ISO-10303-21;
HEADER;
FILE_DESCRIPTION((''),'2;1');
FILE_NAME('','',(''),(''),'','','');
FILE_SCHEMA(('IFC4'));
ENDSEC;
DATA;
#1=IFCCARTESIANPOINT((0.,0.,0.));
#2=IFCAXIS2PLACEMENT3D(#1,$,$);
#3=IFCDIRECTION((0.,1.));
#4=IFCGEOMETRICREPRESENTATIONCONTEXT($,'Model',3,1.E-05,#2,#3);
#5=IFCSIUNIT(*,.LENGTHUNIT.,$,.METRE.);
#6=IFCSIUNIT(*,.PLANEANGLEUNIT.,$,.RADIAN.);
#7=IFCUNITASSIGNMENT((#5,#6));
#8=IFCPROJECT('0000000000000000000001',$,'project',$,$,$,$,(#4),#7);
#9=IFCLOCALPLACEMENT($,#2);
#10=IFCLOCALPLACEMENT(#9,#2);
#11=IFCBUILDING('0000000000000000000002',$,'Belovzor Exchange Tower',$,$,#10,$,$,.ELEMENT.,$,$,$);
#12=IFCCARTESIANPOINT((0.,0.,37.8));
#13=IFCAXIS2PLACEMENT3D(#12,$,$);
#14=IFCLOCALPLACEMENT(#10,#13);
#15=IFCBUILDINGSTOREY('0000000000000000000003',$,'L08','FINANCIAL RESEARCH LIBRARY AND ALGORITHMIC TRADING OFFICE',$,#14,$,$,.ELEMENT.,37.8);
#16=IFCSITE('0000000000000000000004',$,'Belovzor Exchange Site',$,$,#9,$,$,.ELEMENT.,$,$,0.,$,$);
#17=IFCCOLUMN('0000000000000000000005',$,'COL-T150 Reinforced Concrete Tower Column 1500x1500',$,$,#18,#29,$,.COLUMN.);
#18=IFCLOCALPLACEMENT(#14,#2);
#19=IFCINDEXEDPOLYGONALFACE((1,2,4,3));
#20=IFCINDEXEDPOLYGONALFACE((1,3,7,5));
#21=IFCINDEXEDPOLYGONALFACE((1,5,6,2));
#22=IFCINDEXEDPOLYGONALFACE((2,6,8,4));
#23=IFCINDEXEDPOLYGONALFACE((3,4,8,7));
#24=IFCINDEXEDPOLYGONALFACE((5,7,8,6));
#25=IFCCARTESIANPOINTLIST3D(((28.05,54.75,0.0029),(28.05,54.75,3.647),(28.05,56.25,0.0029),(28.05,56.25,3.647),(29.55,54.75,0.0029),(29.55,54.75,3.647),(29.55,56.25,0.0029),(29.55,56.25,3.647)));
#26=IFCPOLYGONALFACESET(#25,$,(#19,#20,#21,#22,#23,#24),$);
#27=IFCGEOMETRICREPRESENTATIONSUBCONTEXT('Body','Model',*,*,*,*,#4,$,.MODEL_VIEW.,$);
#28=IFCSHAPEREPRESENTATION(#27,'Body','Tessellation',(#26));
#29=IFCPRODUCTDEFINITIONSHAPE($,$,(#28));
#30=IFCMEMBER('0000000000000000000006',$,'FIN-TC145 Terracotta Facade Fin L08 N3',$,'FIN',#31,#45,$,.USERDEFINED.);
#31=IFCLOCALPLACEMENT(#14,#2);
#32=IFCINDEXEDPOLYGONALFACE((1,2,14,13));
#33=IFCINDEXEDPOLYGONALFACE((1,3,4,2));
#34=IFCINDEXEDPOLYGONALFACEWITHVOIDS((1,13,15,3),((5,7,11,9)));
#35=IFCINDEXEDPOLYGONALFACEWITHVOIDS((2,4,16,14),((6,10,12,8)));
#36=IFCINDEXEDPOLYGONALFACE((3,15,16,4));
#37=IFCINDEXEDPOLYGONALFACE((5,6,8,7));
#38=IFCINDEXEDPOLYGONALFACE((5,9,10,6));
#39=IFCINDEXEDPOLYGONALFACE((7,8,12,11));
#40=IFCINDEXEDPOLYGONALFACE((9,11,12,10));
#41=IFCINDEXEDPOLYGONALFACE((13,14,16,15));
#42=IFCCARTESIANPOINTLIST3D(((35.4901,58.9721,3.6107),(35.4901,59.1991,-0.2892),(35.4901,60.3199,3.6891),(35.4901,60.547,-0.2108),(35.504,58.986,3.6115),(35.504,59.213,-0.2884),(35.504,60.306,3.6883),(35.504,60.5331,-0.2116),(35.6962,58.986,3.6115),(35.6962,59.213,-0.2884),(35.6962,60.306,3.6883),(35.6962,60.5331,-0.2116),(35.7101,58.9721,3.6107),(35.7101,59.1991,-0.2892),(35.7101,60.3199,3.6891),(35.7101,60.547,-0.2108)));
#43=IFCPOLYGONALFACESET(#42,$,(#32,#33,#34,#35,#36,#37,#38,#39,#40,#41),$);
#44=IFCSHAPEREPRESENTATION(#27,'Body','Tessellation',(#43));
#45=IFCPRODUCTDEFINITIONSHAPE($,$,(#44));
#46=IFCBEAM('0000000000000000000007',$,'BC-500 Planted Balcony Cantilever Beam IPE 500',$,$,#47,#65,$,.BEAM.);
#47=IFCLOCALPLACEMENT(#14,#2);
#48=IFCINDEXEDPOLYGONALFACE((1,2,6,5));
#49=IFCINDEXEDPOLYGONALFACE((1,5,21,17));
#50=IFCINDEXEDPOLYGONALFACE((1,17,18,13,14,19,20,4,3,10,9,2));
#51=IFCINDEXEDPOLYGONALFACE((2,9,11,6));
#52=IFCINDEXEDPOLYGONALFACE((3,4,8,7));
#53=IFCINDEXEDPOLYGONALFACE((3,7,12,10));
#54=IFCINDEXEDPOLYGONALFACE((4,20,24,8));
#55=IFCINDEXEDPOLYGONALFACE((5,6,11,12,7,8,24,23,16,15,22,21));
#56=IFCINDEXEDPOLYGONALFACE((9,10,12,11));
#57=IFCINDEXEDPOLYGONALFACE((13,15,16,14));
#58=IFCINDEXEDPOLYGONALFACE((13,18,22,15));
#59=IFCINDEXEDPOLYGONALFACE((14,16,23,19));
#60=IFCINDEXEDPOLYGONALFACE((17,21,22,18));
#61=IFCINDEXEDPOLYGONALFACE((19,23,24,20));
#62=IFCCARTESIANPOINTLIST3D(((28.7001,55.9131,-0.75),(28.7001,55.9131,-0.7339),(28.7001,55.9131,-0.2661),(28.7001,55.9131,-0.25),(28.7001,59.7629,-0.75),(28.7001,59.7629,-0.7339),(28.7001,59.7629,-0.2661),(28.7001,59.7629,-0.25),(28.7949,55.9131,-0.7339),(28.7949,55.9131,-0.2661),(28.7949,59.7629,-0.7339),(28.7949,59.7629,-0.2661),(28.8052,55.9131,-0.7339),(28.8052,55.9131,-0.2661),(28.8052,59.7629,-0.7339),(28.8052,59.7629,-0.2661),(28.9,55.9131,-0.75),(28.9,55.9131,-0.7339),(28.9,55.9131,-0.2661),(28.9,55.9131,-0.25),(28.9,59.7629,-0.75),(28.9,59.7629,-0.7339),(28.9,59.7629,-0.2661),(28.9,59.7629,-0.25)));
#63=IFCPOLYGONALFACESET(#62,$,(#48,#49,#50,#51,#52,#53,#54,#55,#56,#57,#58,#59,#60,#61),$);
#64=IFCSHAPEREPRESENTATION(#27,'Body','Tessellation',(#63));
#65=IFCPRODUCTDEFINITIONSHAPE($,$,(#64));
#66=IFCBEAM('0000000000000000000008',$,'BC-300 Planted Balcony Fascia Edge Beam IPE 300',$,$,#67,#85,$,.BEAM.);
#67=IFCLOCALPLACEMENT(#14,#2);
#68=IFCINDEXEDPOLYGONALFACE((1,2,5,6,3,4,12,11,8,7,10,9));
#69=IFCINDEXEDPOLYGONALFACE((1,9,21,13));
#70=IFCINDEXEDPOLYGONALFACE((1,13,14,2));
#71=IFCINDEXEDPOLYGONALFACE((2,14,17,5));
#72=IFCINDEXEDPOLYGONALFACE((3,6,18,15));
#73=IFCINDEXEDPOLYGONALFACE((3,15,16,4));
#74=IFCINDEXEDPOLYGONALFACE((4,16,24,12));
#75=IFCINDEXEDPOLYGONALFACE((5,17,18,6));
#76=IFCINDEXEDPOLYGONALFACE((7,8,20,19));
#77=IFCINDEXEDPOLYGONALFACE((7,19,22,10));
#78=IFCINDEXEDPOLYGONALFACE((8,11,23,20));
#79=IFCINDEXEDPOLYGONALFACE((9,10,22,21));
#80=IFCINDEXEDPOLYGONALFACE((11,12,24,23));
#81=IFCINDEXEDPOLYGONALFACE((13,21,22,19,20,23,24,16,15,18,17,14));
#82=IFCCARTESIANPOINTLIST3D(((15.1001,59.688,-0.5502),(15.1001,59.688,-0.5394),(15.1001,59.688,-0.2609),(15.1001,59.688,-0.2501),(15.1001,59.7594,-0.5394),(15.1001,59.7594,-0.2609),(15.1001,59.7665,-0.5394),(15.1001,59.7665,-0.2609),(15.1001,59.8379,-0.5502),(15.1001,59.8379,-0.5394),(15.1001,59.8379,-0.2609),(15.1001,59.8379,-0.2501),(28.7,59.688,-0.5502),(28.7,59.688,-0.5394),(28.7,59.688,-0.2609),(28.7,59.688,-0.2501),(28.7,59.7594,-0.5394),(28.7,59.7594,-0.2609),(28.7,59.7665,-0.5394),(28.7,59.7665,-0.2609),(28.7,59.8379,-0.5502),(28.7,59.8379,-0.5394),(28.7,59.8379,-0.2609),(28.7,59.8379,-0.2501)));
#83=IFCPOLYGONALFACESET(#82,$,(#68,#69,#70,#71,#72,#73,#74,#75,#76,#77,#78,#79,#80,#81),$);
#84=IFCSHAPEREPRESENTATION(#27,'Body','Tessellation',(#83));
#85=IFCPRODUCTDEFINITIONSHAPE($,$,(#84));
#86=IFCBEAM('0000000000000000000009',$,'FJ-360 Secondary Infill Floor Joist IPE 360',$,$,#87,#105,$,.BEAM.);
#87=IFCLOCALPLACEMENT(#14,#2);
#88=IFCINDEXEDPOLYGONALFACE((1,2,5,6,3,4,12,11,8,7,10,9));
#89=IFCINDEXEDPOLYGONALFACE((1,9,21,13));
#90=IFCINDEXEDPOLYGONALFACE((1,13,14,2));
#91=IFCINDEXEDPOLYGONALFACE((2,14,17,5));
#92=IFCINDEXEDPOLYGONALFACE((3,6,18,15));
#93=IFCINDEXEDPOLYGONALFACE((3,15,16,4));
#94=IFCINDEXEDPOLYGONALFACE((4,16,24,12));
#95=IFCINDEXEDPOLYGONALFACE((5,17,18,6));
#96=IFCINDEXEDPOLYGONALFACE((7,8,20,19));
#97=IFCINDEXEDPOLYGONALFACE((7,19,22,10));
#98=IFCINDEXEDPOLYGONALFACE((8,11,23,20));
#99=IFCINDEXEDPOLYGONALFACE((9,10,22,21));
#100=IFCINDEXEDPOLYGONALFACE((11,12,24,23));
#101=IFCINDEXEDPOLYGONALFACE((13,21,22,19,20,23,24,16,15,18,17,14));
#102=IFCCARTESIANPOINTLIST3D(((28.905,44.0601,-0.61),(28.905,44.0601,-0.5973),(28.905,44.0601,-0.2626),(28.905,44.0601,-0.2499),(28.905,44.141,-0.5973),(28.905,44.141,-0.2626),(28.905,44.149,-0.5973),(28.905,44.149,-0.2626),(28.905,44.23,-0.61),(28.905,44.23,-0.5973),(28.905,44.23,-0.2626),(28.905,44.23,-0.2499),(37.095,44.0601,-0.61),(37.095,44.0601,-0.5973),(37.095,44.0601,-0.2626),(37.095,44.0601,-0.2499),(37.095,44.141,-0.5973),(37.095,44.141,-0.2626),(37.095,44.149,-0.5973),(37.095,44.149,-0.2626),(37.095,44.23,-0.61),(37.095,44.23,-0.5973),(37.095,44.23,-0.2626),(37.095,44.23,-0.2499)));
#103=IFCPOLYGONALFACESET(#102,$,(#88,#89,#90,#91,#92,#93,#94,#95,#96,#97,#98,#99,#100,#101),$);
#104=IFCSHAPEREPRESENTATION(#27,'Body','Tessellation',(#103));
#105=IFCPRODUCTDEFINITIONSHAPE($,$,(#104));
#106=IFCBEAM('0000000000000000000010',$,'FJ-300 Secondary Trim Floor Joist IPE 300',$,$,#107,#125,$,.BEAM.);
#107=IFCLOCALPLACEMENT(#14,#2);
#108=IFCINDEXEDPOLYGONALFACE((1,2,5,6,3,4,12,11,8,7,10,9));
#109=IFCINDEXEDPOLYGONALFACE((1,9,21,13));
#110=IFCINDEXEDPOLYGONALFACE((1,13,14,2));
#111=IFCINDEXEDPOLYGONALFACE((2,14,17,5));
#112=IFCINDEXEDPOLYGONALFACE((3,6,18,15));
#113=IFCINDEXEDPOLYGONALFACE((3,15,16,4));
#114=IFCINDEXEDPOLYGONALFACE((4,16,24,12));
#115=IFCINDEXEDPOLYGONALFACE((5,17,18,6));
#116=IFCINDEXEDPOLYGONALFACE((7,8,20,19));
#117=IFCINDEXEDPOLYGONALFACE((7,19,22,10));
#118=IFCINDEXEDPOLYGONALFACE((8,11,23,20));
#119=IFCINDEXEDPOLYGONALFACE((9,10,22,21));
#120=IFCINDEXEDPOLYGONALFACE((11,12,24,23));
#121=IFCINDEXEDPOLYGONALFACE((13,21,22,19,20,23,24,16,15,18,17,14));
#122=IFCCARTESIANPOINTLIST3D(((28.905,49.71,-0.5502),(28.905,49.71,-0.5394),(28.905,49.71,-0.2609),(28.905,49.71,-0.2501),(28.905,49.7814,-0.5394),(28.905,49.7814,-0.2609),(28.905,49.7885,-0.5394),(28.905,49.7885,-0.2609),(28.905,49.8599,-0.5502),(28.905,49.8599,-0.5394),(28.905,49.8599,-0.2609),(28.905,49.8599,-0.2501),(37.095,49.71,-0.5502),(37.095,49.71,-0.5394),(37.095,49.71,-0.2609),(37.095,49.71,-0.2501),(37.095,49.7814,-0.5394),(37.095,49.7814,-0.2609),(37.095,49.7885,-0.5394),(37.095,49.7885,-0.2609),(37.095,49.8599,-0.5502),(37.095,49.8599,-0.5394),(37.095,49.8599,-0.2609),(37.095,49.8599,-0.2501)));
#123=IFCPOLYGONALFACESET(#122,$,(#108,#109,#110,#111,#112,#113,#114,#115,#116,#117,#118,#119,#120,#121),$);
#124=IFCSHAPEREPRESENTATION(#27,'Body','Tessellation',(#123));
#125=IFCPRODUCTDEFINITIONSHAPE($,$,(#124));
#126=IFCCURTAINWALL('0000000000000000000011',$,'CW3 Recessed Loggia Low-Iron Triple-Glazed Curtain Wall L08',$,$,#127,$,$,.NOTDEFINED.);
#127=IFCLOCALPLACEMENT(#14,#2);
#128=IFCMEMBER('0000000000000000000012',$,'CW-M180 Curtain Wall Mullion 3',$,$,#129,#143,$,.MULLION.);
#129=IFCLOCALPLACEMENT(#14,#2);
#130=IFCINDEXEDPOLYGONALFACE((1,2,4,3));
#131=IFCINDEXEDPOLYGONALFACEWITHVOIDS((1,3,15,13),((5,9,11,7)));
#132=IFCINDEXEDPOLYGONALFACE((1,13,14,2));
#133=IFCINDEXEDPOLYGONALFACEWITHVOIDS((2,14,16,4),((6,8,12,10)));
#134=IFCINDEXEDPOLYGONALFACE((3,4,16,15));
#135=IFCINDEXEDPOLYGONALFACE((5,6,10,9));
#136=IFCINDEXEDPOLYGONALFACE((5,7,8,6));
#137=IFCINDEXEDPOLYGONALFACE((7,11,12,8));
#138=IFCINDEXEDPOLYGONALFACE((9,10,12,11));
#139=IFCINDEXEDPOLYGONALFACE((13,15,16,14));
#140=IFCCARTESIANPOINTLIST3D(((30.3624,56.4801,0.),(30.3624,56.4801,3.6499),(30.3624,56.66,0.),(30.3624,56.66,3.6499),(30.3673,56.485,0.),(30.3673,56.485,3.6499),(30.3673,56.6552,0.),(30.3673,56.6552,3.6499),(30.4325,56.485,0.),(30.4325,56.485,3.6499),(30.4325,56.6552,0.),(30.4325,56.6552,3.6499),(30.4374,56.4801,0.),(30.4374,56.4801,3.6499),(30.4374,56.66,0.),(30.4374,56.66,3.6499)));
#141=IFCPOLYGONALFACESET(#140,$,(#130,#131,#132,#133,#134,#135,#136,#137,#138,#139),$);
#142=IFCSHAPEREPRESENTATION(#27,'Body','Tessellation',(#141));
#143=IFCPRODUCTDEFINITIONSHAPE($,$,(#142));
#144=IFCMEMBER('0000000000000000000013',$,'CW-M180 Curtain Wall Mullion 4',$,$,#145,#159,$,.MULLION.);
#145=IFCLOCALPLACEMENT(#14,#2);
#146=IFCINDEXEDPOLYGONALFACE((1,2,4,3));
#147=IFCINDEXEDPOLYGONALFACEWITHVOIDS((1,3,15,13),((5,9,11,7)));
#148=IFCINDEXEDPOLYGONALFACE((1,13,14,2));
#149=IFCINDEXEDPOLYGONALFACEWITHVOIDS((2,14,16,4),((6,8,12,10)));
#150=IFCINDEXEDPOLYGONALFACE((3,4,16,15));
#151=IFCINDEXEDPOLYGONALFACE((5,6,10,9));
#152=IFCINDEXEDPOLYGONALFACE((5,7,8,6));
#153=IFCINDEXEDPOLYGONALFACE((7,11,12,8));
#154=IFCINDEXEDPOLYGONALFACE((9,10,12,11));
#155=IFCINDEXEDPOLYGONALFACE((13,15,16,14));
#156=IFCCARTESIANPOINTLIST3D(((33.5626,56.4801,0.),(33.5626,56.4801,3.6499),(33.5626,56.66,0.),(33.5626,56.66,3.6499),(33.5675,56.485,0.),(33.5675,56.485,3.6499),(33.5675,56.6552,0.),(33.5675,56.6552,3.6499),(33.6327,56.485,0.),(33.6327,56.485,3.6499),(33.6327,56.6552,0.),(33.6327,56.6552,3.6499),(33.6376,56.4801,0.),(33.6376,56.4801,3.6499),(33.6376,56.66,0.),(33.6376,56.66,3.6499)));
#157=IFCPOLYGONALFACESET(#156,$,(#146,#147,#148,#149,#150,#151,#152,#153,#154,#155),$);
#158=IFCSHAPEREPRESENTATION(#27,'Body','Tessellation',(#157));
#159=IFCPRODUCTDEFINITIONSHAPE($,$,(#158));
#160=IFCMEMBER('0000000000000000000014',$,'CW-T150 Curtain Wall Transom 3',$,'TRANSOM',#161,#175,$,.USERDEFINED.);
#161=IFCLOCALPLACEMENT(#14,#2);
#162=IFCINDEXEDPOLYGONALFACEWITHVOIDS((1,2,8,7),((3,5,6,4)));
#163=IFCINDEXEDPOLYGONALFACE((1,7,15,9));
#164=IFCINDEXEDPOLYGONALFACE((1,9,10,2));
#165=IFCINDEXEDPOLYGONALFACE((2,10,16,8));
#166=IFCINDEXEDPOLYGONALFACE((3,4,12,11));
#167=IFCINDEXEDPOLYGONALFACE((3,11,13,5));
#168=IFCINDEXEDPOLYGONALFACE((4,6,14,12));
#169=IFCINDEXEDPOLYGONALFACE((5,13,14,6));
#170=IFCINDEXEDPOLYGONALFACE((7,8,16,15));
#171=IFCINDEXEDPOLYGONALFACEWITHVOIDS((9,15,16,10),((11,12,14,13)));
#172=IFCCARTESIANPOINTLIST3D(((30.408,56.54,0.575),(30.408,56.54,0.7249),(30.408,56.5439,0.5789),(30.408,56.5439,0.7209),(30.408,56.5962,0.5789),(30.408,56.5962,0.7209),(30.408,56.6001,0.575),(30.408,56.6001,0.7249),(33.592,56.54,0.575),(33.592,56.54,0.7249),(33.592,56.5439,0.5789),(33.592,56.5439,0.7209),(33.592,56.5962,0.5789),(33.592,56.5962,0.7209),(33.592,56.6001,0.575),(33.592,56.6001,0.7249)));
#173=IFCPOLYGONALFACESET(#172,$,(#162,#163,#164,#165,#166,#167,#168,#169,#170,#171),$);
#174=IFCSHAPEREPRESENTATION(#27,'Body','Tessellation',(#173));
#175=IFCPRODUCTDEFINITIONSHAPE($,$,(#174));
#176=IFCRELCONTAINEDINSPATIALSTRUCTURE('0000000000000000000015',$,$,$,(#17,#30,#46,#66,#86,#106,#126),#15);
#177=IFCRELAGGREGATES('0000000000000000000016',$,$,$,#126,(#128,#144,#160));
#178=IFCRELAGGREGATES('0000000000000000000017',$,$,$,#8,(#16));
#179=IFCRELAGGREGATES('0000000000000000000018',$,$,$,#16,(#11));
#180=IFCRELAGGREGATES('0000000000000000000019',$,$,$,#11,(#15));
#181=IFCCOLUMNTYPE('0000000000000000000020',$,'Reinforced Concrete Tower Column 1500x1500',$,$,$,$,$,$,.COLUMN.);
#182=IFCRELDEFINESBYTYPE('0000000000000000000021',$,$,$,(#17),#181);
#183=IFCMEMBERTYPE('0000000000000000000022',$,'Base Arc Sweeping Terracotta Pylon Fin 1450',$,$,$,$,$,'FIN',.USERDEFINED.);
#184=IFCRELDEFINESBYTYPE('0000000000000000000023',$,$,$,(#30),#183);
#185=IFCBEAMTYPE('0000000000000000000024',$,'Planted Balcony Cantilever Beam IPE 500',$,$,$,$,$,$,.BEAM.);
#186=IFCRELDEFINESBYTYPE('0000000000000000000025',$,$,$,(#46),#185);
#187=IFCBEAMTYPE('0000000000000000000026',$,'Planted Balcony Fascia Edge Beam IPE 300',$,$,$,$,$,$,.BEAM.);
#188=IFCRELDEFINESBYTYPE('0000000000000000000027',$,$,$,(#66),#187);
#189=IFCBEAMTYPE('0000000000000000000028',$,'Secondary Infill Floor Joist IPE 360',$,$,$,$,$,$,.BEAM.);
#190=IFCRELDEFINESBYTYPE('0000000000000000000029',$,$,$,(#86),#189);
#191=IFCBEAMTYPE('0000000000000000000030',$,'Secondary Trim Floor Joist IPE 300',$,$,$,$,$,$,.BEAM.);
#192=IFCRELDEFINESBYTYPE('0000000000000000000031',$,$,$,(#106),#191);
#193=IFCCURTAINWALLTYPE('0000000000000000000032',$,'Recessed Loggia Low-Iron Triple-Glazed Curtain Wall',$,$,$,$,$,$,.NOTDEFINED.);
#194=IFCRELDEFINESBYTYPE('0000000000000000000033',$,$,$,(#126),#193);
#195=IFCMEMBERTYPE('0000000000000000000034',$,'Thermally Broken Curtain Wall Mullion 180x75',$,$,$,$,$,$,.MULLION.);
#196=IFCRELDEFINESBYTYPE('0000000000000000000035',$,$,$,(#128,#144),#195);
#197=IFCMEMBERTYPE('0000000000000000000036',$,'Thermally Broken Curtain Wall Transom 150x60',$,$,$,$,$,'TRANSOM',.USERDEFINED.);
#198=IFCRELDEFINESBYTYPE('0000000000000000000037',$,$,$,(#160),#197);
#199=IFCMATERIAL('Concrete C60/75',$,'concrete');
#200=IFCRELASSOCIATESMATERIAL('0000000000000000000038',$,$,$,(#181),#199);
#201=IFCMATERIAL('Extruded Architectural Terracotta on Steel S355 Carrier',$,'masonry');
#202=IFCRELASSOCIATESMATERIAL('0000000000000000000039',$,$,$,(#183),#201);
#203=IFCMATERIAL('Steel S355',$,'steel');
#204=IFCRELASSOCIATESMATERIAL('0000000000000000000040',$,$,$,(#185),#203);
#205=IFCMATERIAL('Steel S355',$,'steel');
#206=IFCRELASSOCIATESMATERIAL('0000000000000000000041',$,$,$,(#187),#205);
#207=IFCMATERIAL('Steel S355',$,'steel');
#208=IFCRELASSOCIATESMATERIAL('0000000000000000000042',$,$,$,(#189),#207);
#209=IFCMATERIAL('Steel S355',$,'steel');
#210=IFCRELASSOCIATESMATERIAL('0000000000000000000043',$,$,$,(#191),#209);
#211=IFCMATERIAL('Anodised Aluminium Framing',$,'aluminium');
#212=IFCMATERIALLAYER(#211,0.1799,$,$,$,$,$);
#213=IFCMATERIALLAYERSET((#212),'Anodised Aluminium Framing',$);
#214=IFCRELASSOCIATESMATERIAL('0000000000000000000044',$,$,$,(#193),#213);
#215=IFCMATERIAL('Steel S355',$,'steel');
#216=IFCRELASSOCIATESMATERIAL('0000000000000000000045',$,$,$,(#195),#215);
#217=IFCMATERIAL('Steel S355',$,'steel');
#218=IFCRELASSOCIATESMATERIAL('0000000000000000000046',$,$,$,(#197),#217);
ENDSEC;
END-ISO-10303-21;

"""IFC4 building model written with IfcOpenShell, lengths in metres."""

from ifc_helpers import new_model, si_unit, direction, frame, origin, origin_2d, place, context, subcontext, project, spatial, rectangle, hollow_rectangle, i_section, extrude, material, layer, layer_set, material_profile, profile_set, type_object, element, aggregate, save


model = new_model("IFC4")

# Units and contexts
model_context = context("Model", 3, precision=1e-05, world=origin(), true_north=direction((0.0, 1.0)))
body_context = subcontext(model_context, "Body", "Model", "MODEL_VIEW")
ifc_project = project(units=[si_unit("LENGTHUNIT", "METRE"), si_unit("PLANEANGLEUNIT", "RADIAN")], contexts=[model_context])

# Site, building, storey
site_placement = place(None, origin())
site = spatial("IfcSite", under=ifc_project, at=site_placement, Name="Belovzor Exchange Site", CompositionType="ELEMENT", RefElevation=0.0)
building_placement = place(site_placement, origin())
building = spatial("IfcBuilding", under=site, at=building_placement, Name="Belovzor Exchange Tower", CompositionType="ELEMENT")
storey_placement = place(building_placement, frame((0.0, 0.0, 37.8)))
storey = spatial("IfcBuildingStorey", under=building, at=storey_placement, Name="L08", Description="FINANCIAL RESEARCH LIBRARY AND ALGORITHMIC TRADING OFFICE", CompositionType="ELEMENT", Elevation=37.8)

# Column
ifc_material_1 = material(Name="Concrete C60/75", Category="concrete")
ifc_material_profile_1 = material_profile(ifc_material_1, rectangle(XDim=1.5, YDim=1.5, at=origin_2d()))
ifc_profile_set_1 = profile_set([ifc_material_profile_1], Name="Concrete C60/75")
column_type = type_object("IfcColumnType", Name="Reinforced Concrete Tower Column 1500x1500", PredefinedType="COLUMN", material=ifc_profile_set_1)
column_placement = place(storey_placement, frame((28.8, 55.5, 0.0029), z_axis=(0.0, 0.0, 1.0), x_axis=(1.0, 0.0, 0.0)))
element("IfcColumn", 1, at=column_placement, inside=storey, type_object=column_type, Name="COL-T150 Reinforced Concrete Tower Column 1500x1500", PredefinedType="COLUMN", context=body_context, shape_type="SweptSolid", body=[
    extrude(rectangle(XDim=1.5, YDim=1.5, at=origin_2d()), origin(), (0.0, 0.0, 1.0), 3.644),
])

# Member
ifc_material_2 = material(Name="Extruded Architectural Terracotta on Steel S355 Carrier", Category="masonry")
ifc_material_profile_2 = material_profile(ifc_material_2, hollow_rectangle(XDim=0.22, YDim=1.3501, WallThickness=0.0139, at=origin_2d()))
ifc_profile_set_2 = profile_set([ifc_material_profile_2], Name="Extruded Architectural Terracotta on Steel S355 Carrier")
member_type_1 = type_object("IfcMemberType", Name="Base Arc Sweeping Terracotta Pylon Fin 1450", ElementType="FIN", PredefinedType="USERDEFINED", material=ifc_profile_set_2)
member_1_placement = place(storey_placement, frame((35.6001, 59.873, -0.25), z_axis=(0.0, -0.058121, 0.99831), x_axis=(1.0, 0.0, 0.0)))
element("IfcMember", 2, at=member_1_placement, inside=storey, type_object=member_type_1, Name="FIN-TC145 Terracotta Facade Fin L08 N3", ObjectType="FIN", PredefinedType="USERDEFINED", context=body_context, shape_type="SweptSolid", body=[
    extrude(hollow_rectangle(XDim=0.22, YDim=1.3501, WallThickness=0.0139, at=origin_2d()), origin(), (0.0, 0.0, 1.0), 3.9065),
])

# Beams
ifc_material_3 = material(Name="Steel S355", Category="steel")
ifc_material_profile_3 = material_profile(ifc_material_3, i_section(OverallWidth=0.2, OverallDepth=0.5, WebThickness=0.0103, FlangeThickness=0.0161, at=origin_2d()))
ifc_profile_set_3 = profile_set([ifc_material_profile_3], Name="Steel S355")
beam_type_1 = type_object("IfcBeamType", Name="Planted Balcony Cantilever Beam IPE 500", PredefinedType="BEAM", material=ifc_profile_set_3)
beam_1_placement = place(storey_placement, frame((28.8, 55.9131, -0.5), z_axis=(0.0, 1.0, 0.0), x_axis=(-1.0, 0.0, 0.0)))
element("IfcBeam", 3, at=beam_1_placement, inside=storey, type_object=beam_type_1, Name="BC-500 Planted Balcony Cantilever Beam IPE 500", PredefinedType="BEAM", context=body_context, shape_type="SweptSolid", body=[
    extrude(i_section(OverallWidth=0.2, OverallDepth=0.5, WebThickness=0.0103, FlangeThickness=0.0161, at=origin_2d()), origin(), (0.0, 0.0, 1.0), 3.8499),
])
ifc_material_4 = material(Name="Steel S355", Category="steel")
ifc_material_profile_4 = material_profile(ifc_material_4, i_section(OverallWidth=0.1499, OverallDepth=0.3, WebThickness=0.0071, FlangeThickness=0.0107, at=origin_2d()))
ifc_profile_set_4 = profile_set([ifc_material_profile_4], Name="Steel S355")
beam_type_2 = type_object("IfcBeamType", Name="Planted Balcony Fascia Edge Beam IPE 300", PredefinedType="BEAM", material=ifc_profile_set_4)
beam_2_placement = place(storey_placement, frame((28.7, 59.7629, -0.4001), z_axis=(-1.0, 0.0, 0.0), x_axis=(0.0, -1.0, 0.0)))
element("IfcBeam", 4, at=beam_2_placement, inside=storey, type_object=beam_type_2, Name="BC-300 Planted Balcony Fascia Edge Beam IPE 300", PredefinedType="BEAM", context=body_context, shape_type="SweptSolid", body=[
    extrude(i_section(OverallWidth=0.1499, OverallDepth=0.3, WebThickness=0.0071, FlangeThickness=0.0107, at=origin_2d()), origin(), (0.0, 0.0, 1.0), 13.5999),
])
ifc_material_5 = material(Name="Steel S355", Category="steel")
ifc_material_profile_5 = material_profile(ifc_material_5, i_section(OverallWidth=0.1699, OverallDepth=0.3601, WebThickness=0.0081, FlangeThickness=0.0127, at=origin_2d()))
ifc_profile_set_5 = profile_set([ifc_material_profile_5], Name="Steel S355")
beam_type_3 = type_object("IfcBeamType", Name="Secondary Infill Floor Joist IPE 360", PredefinedType="BEAM", material=ifc_profile_set_5)
beam_3_placement = place(storey_placement, frame((28.905, 44.145, -0.4299), z_axis=(1.0, 0.0, 0.0), x_axis=(0.0, 1.0, 0.0)))
element("IfcBeam", 5, at=beam_3_placement, inside=storey, type_object=beam_type_3, Name="FJ-360 Secondary Infill Floor Joist IPE 360", PredefinedType="BEAM", context=body_context, shape_type="SweptSolid", body=[
    extrude(i_section(OverallWidth=0.1699, OverallDepth=0.3601, WebThickness=0.0081, FlangeThickness=0.0127, at=origin_2d()), origin(), (0.0, 0.0, 1.0), 8.1899),
])
ifc_material_6 = material(Name="Steel S355", Category="steel")
ifc_material_profile_6 = material_profile(ifc_material_6, i_section(OverallWidth=0.1499, OverallDepth=0.3, WebThickness=0.0071, FlangeThickness=0.0107, at=origin_2d()))
ifc_profile_set_6 = profile_set([ifc_material_profile_6], Name="Steel S355")
beam_type_4 = type_object("IfcBeamType", Name="Secondary Trim Floor Joist IPE 300", PredefinedType="BEAM", material=ifc_profile_set_6)
beam_4_placement = place(storey_placement, frame((28.905, 49.7849, -0.4001), z_axis=(1.0, 0.0, 0.0), x_axis=(0.0, 1.0, 0.0)))
element("IfcBeam", 6, at=beam_4_placement, inside=storey, type_object=beam_type_4, Name="FJ-300 Secondary Trim Floor Joist IPE 300", PredefinedType="BEAM", context=body_context, shape_type="SweptSolid", body=[
    extrude(i_section(OverallWidth=0.1499, OverallDepth=0.3, WebThickness=0.0071, FlangeThickness=0.0107, at=origin_2d()), origin(), (0.0, 0.0, 1.0), 8.1899),
])

# Curtain wall, members
ifc_material_7 = material(Name="Anodised Aluminium Framing", Category="aluminium")
ifc_layer_1 = layer(ifc_material_7, 0.1799)
ifc_layer_set_1 = layer_set([ifc_layer_1], Name="Anodised Aluminium Framing")
curtain_wall_type = type_object("IfcCurtainWallType", Name="Recessed Loggia Low-Iron Triple-Glazed Curtain Wall", PredefinedType="NOTDEFINED", material=ifc_layer_set_1)
curtain_wall_placement = place(storey_placement, origin())
curtain_wall = element("IfcCurtainWall", 7, at=curtain_wall_placement, inside=storey, type_object=curtain_wall_type, Name="CW3 Recessed Loggia Low-Iron Triple-Glazed Curtain Wall L08", PredefinedType="NOTDEFINED")
ifc_material_8 = material(Name="Steel S355", Category="steel")
ifc_material_profile_7 = material_profile(ifc_material_8, hollow_rectangle(XDim=0.075, YDim=0.1799, WallThickness=0.0049, at=origin_2d()))
ifc_profile_set_7 = profile_set([ifc_material_profile_7], Name="Steel S355")
member_type_2 = type_object("IfcMemberType", Name="Thermally Broken Curtain Wall Mullion 180x75", PredefinedType="MULLION", material=ifc_profile_set_7)
member_2_placement = place(storey_placement, frame((30.3999, 56.5701, 0.0), z_axis=(0.0, 0.0, 1.0), x_axis=(1.0, 0.0, 0.0)))
member_2 = element("IfcMember", 8, at=member_2_placement, type_object=member_type_2, Name="CW-M180 Curtain Wall Mullion 3", PredefinedType="MULLION", context=body_context, shape_type="SweptSolid", body=[
    extrude(hollow_rectangle(XDim=0.075, YDim=0.1799, WallThickness=0.0049, at=origin_2d()), origin(), (0.0, 0.0, 1.0), 3.6499),
])
member_3_placement = place(storey_placement, frame((33.6001, 56.5701, 0.0), z_axis=(0.0, 0.0, 1.0), x_axis=(1.0, 0.0, 0.0)))
member_3 = element("IfcMember", 9, at=member_3_placement, type_object=member_type_2, Name="CW-M180 Curtain Wall Mullion 4", PredefinedType="MULLION", context=body_context, shape_type="SweptSolid", body=[
    extrude(hollow_rectangle(XDim=0.075, YDim=0.1799, WallThickness=0.0049, at=origin_2d()), origin(), (0.0, 0.0, 1.0), 3.6499),
])
ifc_material_9 = material(Name="Steel S355", Category="steel")
ifc_material_profile_8 = material_profile(ifc_material_9, hollow_rectangle(XDim=0.0601, YDim=0.1499, WallThickness=0.0039, at=origin_2d()))
ifc_profile_set_8 = profile_set([ifc_material_profile_8], Name="Steel S355")
member_type_3 = type_object("IfcMemberType", Name="Thermally Broken Curtain Wall Transom 150x60", ElementType="TRANSOM", PredefinedType="USERDEFINED", material=ifc_profile_set_8)
member_4_placement = place(storey_placement, frame((30.408, 56.5701, 0.6499), z_axis=(1.0, 0.0, 0.0), x_axis=(0.0, 1.0, 0.0)))
member_4 = element("IfcMember", 10, at=member_4_placement, type_object=member_type_3, Name="CW-T150 Curtain Wall Transom 3", ObjectType="TRANSOM", PredefinedType="USERDEFINED", context=body_context, shape_type="SweptSolid", body=[
    extrude(hollow_rectangle(XDim=0.0601, YDim=0.1499, WallThickness=0.0039, at=origin_2d()), origin(), (0.0, 0.0, 1.0), 3.1841),
])

aggregate(curtain_wall, [member_2, member_3, member_4])

save(model, "model.ifc")
